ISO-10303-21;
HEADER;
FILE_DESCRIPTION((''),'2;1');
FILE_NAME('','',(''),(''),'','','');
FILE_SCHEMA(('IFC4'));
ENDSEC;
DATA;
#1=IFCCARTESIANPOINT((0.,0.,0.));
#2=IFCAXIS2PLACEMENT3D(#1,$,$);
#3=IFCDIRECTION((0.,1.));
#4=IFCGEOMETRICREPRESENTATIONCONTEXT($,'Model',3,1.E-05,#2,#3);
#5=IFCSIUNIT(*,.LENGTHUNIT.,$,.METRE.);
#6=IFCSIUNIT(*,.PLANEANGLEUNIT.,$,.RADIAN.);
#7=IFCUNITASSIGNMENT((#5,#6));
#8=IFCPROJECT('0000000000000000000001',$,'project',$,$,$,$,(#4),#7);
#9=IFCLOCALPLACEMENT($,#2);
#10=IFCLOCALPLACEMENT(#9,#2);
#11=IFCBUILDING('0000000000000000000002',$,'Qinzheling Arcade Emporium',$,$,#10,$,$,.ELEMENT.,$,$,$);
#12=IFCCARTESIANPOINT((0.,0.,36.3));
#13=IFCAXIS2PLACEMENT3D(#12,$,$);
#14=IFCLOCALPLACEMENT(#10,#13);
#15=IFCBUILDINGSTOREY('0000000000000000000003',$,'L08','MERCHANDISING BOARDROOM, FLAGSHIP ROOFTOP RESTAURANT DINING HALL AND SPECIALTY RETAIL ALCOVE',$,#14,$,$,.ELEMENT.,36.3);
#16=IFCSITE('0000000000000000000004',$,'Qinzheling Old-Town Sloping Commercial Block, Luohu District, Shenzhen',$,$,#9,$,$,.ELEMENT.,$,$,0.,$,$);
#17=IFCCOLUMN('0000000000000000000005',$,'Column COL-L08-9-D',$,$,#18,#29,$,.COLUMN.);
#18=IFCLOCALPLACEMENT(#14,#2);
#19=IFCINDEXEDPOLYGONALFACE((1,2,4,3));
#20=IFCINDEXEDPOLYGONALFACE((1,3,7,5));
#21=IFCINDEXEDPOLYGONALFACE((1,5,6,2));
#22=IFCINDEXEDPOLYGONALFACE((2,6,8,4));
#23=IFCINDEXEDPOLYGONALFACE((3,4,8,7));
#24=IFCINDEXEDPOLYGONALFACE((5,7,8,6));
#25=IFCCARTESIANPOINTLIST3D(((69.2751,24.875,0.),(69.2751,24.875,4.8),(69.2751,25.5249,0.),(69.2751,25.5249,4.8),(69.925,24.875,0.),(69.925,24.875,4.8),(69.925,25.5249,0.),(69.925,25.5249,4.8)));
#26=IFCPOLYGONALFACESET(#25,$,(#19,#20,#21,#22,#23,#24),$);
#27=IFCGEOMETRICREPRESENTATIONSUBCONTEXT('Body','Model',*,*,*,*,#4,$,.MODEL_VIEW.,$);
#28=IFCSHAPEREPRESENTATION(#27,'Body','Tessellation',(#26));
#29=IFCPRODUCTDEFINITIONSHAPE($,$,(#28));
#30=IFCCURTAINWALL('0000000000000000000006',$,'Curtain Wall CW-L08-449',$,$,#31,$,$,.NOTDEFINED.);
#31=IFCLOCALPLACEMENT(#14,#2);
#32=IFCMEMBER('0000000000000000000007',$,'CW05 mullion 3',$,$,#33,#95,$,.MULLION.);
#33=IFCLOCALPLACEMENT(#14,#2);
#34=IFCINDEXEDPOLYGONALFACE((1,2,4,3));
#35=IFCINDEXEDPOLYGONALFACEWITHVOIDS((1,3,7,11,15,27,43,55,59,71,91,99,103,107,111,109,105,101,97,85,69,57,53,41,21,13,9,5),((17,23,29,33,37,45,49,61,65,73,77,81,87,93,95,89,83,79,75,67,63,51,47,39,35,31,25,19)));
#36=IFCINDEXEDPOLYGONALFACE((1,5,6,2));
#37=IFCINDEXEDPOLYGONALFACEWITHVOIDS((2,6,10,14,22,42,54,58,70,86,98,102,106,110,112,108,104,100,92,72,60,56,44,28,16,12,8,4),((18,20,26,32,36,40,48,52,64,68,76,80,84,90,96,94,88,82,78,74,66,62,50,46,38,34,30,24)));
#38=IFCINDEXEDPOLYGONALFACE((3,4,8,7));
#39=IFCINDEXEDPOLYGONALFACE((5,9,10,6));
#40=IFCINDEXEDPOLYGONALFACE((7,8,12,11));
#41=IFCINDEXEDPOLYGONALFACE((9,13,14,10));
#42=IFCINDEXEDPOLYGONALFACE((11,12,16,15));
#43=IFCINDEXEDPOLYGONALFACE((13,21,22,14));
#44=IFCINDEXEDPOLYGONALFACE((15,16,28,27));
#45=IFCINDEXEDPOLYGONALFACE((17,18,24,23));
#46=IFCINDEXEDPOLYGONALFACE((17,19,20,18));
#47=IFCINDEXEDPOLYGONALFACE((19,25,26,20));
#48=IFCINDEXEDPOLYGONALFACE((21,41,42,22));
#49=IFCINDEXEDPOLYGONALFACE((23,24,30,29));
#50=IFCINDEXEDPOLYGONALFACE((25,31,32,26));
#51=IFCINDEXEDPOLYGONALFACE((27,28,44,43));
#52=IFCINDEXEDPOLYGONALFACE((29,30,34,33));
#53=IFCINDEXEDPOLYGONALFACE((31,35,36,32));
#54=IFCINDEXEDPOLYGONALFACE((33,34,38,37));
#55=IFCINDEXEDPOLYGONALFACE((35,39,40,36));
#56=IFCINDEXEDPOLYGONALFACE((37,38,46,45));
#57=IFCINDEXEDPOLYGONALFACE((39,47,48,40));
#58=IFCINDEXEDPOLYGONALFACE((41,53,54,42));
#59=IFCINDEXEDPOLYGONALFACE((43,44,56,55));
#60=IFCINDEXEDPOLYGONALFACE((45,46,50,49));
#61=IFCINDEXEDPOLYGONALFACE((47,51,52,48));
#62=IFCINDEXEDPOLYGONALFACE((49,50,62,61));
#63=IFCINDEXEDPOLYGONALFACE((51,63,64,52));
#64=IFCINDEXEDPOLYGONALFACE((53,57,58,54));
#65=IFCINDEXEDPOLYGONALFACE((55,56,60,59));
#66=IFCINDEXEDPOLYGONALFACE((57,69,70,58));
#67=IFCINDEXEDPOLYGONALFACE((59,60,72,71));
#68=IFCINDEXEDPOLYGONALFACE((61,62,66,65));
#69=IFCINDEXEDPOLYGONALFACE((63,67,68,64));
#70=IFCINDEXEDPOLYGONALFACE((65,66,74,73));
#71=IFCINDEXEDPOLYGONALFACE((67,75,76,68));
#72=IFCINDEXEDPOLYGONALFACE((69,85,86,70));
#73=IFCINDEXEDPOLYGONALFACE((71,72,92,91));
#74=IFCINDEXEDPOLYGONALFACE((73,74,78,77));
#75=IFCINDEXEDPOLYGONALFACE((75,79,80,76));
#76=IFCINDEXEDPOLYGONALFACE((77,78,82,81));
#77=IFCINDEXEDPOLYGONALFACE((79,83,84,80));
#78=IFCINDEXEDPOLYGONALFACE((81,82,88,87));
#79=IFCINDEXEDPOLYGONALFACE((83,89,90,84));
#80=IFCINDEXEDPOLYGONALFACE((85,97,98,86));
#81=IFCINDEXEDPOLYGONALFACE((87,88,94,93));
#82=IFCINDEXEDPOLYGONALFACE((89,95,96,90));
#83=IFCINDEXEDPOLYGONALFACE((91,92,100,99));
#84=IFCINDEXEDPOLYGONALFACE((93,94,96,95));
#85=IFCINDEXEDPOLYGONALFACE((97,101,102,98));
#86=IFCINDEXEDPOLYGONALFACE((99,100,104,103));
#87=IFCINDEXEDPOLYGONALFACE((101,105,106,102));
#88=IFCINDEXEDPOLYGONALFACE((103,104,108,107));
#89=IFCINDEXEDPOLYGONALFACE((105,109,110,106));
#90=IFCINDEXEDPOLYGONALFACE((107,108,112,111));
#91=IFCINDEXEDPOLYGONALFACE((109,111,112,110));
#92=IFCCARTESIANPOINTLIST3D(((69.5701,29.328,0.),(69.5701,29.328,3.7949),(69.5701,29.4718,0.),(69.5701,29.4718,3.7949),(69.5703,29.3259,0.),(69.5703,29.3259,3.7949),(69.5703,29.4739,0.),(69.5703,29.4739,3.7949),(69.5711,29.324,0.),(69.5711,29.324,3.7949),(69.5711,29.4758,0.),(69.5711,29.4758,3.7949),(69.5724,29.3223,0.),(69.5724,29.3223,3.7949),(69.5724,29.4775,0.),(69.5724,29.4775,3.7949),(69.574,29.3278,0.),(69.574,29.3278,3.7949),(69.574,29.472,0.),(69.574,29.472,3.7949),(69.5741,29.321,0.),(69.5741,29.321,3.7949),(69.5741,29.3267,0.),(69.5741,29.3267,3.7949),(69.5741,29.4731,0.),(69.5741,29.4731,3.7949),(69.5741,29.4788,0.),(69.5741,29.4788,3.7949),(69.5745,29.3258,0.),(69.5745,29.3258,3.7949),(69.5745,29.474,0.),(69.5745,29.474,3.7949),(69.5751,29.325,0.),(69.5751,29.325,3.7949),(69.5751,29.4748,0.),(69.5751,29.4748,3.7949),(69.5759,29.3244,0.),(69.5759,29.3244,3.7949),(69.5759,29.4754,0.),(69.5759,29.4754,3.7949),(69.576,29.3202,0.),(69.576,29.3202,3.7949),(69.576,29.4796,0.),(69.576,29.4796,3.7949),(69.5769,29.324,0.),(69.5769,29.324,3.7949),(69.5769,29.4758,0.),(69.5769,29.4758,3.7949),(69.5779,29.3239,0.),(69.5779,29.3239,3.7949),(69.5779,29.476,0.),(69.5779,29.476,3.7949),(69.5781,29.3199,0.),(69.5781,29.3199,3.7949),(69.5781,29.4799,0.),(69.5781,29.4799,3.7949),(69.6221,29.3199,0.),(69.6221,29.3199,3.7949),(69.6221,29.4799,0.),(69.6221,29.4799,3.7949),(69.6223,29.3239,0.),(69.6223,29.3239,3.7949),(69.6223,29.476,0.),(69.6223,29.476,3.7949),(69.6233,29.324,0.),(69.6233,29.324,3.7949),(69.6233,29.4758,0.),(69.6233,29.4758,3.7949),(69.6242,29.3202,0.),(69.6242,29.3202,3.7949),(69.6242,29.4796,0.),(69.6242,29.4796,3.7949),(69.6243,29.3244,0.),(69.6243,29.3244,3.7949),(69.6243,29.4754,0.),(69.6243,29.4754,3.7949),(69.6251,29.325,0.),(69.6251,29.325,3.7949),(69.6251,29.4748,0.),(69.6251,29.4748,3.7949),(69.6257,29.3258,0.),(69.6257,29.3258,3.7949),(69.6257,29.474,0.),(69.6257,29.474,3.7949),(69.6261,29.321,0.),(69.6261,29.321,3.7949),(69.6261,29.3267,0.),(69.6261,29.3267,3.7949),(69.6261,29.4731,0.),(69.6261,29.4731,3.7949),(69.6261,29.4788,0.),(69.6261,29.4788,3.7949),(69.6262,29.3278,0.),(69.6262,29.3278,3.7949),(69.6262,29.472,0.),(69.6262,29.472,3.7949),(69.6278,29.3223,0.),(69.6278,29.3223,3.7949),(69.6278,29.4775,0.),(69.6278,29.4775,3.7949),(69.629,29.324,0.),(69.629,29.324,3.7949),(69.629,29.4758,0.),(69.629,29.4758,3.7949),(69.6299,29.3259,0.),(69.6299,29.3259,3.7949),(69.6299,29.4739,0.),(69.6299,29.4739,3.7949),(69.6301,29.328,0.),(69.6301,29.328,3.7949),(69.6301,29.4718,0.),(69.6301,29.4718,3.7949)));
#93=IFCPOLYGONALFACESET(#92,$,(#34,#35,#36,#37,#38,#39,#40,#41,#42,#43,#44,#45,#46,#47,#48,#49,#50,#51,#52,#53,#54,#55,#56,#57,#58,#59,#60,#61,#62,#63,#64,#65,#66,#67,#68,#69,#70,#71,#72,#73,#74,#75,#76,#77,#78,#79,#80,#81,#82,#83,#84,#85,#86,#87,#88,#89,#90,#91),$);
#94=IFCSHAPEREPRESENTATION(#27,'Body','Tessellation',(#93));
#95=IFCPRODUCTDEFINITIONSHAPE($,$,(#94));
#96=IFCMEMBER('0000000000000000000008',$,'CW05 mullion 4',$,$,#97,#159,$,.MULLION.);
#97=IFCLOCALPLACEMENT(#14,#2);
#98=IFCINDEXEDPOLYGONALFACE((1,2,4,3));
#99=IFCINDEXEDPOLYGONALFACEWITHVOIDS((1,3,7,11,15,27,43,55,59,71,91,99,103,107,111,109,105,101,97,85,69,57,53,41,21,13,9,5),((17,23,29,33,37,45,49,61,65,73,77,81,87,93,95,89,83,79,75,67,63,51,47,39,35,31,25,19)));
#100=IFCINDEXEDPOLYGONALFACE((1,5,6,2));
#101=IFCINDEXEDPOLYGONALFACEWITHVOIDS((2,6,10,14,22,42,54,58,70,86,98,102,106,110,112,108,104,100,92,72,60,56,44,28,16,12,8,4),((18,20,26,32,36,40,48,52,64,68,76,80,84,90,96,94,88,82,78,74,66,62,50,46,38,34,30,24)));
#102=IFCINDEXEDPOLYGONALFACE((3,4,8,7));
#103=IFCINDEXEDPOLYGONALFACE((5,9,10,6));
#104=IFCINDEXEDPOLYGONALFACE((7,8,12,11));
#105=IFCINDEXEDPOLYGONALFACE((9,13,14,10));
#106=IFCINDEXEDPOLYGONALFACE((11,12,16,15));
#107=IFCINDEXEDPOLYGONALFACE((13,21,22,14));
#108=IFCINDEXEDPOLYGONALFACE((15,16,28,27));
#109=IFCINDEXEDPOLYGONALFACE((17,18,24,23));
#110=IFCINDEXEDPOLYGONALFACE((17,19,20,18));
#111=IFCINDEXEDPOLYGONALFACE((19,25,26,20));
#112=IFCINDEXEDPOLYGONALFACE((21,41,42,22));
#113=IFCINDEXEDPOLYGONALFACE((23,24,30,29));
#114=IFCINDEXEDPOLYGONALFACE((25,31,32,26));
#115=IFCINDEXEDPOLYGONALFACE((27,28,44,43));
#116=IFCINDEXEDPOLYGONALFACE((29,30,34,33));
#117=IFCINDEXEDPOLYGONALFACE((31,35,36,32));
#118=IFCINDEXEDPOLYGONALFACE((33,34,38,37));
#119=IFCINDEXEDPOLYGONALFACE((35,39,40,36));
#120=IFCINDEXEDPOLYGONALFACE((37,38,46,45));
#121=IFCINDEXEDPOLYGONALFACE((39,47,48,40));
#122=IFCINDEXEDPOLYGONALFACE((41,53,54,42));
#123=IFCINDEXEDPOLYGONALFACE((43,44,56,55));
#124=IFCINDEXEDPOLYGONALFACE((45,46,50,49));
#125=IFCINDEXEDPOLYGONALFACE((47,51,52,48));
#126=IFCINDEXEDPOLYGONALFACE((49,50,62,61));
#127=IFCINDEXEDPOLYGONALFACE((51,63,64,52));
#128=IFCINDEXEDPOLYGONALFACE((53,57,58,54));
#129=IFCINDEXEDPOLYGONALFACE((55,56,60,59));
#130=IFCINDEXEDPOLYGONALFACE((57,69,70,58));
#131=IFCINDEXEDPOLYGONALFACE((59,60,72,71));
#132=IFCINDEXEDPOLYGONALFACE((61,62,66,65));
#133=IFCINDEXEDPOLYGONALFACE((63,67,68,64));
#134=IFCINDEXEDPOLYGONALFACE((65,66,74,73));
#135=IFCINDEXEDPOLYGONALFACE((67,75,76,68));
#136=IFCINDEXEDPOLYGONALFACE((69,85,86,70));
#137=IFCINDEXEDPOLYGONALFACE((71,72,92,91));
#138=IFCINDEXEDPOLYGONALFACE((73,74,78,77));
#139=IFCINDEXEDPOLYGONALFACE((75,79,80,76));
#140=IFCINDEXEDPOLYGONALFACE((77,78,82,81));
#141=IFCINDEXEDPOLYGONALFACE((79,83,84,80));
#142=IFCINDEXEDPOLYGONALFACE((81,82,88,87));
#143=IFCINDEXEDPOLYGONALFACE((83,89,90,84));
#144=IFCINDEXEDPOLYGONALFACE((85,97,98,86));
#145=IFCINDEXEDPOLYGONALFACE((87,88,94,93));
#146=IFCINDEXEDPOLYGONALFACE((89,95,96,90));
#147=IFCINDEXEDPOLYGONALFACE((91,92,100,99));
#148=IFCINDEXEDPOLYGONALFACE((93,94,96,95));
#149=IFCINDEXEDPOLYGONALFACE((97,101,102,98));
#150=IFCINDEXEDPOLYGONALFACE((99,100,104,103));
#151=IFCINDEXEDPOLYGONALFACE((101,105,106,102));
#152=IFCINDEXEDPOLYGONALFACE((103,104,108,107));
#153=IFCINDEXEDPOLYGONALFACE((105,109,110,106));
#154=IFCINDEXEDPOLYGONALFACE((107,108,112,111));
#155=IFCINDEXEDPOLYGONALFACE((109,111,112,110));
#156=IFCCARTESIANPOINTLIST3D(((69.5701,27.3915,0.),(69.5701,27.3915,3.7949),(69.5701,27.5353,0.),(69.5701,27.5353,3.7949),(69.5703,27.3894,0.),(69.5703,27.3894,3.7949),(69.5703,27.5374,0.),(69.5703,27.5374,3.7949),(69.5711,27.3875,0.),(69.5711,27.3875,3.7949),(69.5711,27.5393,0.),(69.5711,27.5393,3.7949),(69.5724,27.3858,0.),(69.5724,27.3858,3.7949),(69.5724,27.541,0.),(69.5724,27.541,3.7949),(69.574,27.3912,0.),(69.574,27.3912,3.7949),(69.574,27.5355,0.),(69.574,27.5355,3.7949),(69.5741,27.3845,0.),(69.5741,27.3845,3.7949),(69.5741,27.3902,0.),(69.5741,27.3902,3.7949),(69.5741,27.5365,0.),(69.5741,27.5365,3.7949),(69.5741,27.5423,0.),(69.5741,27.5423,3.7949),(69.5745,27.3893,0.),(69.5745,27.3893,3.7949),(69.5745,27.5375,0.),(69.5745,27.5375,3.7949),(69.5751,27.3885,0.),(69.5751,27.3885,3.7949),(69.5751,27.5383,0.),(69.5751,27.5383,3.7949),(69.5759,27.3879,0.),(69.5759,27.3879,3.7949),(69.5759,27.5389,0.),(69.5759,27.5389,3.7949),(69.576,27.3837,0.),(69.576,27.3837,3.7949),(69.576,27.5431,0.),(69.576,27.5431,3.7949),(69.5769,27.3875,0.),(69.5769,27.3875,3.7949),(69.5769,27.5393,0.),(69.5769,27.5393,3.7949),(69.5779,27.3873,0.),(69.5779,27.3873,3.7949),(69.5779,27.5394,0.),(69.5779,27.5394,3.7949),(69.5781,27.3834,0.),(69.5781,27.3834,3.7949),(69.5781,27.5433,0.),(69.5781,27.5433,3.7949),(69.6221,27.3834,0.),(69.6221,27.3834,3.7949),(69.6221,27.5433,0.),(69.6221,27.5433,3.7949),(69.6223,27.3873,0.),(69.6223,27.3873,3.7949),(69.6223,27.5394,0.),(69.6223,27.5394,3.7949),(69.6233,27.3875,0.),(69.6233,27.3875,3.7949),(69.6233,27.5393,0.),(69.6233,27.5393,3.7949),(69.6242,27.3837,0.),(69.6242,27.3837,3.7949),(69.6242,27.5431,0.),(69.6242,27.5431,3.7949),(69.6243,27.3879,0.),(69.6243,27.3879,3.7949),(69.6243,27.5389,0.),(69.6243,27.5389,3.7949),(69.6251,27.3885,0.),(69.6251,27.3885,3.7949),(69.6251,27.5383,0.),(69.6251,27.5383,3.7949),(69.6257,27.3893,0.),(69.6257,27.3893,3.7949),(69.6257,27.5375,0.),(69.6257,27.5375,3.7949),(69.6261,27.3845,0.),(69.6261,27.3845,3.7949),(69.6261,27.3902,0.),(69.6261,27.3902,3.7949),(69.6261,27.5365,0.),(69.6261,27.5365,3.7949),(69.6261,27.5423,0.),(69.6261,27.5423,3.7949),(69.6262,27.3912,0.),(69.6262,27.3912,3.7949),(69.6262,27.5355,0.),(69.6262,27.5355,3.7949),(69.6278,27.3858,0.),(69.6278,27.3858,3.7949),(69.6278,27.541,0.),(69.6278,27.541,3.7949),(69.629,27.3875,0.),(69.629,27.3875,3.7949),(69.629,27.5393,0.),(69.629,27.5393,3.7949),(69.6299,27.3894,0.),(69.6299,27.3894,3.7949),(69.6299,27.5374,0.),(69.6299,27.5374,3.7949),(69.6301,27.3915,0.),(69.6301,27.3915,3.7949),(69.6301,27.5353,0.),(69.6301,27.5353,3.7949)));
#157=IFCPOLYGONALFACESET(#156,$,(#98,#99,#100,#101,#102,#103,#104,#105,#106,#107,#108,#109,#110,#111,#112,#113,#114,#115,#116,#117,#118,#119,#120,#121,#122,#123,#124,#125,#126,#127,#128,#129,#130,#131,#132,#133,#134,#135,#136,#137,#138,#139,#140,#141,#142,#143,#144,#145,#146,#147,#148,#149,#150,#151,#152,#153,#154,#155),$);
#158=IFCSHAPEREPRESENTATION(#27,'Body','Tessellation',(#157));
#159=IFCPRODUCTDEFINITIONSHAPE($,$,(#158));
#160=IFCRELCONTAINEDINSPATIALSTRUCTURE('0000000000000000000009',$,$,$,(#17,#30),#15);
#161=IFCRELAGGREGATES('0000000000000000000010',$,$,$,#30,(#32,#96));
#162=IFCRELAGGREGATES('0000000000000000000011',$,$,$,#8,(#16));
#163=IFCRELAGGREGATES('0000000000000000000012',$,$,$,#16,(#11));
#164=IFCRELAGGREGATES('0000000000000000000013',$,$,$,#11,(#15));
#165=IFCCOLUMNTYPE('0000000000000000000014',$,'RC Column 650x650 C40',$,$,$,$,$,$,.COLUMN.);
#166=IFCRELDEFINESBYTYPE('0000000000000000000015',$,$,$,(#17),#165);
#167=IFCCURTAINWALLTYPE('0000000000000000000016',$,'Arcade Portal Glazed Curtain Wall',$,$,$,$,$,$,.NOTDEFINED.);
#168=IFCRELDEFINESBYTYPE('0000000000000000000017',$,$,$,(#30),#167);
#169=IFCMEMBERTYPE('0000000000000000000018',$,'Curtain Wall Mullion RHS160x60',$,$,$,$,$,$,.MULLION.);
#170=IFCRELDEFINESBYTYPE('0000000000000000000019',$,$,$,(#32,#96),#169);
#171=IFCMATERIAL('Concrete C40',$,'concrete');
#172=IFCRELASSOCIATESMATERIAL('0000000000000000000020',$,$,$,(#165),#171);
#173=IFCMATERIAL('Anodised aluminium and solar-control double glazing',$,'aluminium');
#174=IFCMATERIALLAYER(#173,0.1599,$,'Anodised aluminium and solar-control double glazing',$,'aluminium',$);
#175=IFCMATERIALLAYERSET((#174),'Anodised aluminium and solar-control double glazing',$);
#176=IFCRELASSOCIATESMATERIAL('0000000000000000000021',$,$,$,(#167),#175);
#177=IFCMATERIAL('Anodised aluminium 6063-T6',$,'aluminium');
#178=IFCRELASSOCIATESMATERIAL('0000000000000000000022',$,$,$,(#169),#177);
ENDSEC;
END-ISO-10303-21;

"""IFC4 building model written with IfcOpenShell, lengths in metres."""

from ifc_helpers import new_model, si_unit, direction, frame, origin, origin_2d, place, context, subcontext, project, spatial, rectangle, hollow_rectangle, extrude, material, layer, layer_set, material_profile, profile_set, type_object, element, aggregate, save


model = new_model("IFC4")

# Units and contexts
model_context = context("Model", 3, precision=1e-05, world=origin(), true_north=direction((0.0, 1.0)))
body_context = subcontext(model_context, "Body", "Model", "MODEL_VIEW")
ifc_project = project(units=[si_unit("LENGTHUNIT", "METRE"), si_unit("PLANEANGLEUNIT", "RADIAN")], contexts=[model_context])

# Site, building, storey
site_placement = place(None, origin())
site = spatial("IfcSite", under=ifc_project, at=site_placement, Name="Qinzheling Old-Town Sloping Commercial Block, Luohu District, Shenzhen", CompositionType="ELEMENT", RefElevation=0.0)
building_placement = place(site_placement, origin())
building = spatial("IfcBuilding", under=site, at=building_placement, Name="Qinzheling Arcade Emporium", CompositionType="ELEMENT")
storey_placement = place(building_placement, frame((0.0, 0.0, 36.3)))
storey = spatial("IfcBuildingStorey", under=building, at=storey_placement, Name="L08", Description="MERCHANDISING BOARDROOM, FLAGSHIP ROOFTOP RESTAURANT DINING HALL AND SPECIALTY RETAIL ALCOVE", CompositionType="ELEMENT", Elevation=36.3)

# Column
ifc_material_1 = material(Name="Concrete C40", Category="concrete")
ifc_material_profile_1 = material_profile(ifc_material_1, rectangle(XDim=0.6499, YDim=0.6499, at=origin_2d()), Name="RC 650x650", Category="concrete")
ifc_profile_set_1 = profile_set([ifc_material_profile_1], Name="Concrete C40")
column_type = type_object("IfcColumnType", Name="RC Column 650x650 C40", PredefinedType="COLUMN", material=ifc_profile_set_1)
column_placement = place(storey_placement, frame((69.6001, 25.2, 0.0), z_axis=(0.0, 0.0, 1.0), x_axis=(1.0, 0.0, 0.0)))
element("IfcColumn", 1, at=column_placement, inside=storey, type_object=column_type, Name="Column COL-L08-9-D", PredefinedType="COLUMN", context=body_context, shape_type="SweptSolid", body=[
    extrude(rectangle(XDim=0.6499, YDim=0.6499, at=origin_2d()), origin(), (0.0, 0.0, 1.0), 4.8),
])

# Curtain wall, members
ifc_material_2 = material(Name="Anodised aluminium and solar-control double glazing", Category="aluminium")
ifc_layer_1 = layer(ifc_material_2, 0.1599, Name="Anodised aluminium and solar-control double glazing", Category="aluminium")
ifc_layer_set_1 = layer_set([ifc_layer_1], Name="Anodised aluminium and solar-control double glazing")
curtain_wall_type = type_object("IfcCurtainWallType", Name="Arcade Portal Glazed Curtain Wall", PredefinedType="NOTDEFINED", material=ifc_layer_set_1)
curtain_wall_placement = place(storey_placement, origin())
curtain_wall = element("IfcCurtainWall", 2, at=curtain_wall_placement, inside=storey, type_object=curtain_wall_type, Name="Curtain Wall CW-L08-449", PredefinedType="NOTDEFINED")
ifc_material_3 = material(Name="Anodised aluminium 6063-T6", Category="aluminium")
ifc_material_profile_2 = material_profile(ifc_material_3, hollow_rectangle(XDim=0.0601, YDim=0.1599, WallThickness=0.0039, InnerFilletRadius=0.0039, OuterFilletRadius=0.0081, at=origin_2d()), Name="RHS 160x60x4", Category="aluminium")
ifc_profile_set_2 = profile_set([ifc_material_profile_2], Name="Anodised aluminium 6063-T6")
member_type_1 = type_object("IfcMemberType", Name="Curtain Wall Mullion RHS160x60", PredefinedType="MULLION", material=ifc_profile_set_2)
member_1_placement = place(storey_placement, frame((69.6001, 29.3999, 0.0), z_axis=(0.0, 0.0, 1.0), x_axis=(1.0, 0.0, 0.0)))
member_1 = element("IfcMember", 3, at=member_1_placement, type_object=member_type_1, Name="CW05 mullion 3", PredefinedType="MULLION", context=body_context, shape_type="SweptSolid", body=[
    extrude(hollow_rectangle(XDim=0.0601, YDim=0.1599, WallThickness=0.0039, InnerFilletRadius=0.0039, OuterFilletRadius=0.0081, at=origin_2d()), origin(), (0.0, 0.0, 1.0), 3.7949),
])
member_2_placement = place(storey_placement, frame((69.6001, 27.4634, 0.0), z_axis=(0.0, 0.0, 1.0), x_axis=(1.0, 0.0, 0.0)))
member_2 = element("IfcMember", 4, at=member_2_placement, type_object=member_type_1, Name="CW05 mullion 4", PredefinedType="MULLION", context=body_context, shape_type="SweptSolid", body=[
    extrude(hollow_rectangle(XDim=0.0601, YDim=0.1599, WallThickness=0.0039, InnerFilletRadius=0.0039, OuterFilletRadius=0.0081, at=origin_2d()), origin(), (0.0, 0.0, 1.0), 3.7949),
])

aggregate(curtain_wall, [member_1, member_2])

save(model, "model.ifc")
